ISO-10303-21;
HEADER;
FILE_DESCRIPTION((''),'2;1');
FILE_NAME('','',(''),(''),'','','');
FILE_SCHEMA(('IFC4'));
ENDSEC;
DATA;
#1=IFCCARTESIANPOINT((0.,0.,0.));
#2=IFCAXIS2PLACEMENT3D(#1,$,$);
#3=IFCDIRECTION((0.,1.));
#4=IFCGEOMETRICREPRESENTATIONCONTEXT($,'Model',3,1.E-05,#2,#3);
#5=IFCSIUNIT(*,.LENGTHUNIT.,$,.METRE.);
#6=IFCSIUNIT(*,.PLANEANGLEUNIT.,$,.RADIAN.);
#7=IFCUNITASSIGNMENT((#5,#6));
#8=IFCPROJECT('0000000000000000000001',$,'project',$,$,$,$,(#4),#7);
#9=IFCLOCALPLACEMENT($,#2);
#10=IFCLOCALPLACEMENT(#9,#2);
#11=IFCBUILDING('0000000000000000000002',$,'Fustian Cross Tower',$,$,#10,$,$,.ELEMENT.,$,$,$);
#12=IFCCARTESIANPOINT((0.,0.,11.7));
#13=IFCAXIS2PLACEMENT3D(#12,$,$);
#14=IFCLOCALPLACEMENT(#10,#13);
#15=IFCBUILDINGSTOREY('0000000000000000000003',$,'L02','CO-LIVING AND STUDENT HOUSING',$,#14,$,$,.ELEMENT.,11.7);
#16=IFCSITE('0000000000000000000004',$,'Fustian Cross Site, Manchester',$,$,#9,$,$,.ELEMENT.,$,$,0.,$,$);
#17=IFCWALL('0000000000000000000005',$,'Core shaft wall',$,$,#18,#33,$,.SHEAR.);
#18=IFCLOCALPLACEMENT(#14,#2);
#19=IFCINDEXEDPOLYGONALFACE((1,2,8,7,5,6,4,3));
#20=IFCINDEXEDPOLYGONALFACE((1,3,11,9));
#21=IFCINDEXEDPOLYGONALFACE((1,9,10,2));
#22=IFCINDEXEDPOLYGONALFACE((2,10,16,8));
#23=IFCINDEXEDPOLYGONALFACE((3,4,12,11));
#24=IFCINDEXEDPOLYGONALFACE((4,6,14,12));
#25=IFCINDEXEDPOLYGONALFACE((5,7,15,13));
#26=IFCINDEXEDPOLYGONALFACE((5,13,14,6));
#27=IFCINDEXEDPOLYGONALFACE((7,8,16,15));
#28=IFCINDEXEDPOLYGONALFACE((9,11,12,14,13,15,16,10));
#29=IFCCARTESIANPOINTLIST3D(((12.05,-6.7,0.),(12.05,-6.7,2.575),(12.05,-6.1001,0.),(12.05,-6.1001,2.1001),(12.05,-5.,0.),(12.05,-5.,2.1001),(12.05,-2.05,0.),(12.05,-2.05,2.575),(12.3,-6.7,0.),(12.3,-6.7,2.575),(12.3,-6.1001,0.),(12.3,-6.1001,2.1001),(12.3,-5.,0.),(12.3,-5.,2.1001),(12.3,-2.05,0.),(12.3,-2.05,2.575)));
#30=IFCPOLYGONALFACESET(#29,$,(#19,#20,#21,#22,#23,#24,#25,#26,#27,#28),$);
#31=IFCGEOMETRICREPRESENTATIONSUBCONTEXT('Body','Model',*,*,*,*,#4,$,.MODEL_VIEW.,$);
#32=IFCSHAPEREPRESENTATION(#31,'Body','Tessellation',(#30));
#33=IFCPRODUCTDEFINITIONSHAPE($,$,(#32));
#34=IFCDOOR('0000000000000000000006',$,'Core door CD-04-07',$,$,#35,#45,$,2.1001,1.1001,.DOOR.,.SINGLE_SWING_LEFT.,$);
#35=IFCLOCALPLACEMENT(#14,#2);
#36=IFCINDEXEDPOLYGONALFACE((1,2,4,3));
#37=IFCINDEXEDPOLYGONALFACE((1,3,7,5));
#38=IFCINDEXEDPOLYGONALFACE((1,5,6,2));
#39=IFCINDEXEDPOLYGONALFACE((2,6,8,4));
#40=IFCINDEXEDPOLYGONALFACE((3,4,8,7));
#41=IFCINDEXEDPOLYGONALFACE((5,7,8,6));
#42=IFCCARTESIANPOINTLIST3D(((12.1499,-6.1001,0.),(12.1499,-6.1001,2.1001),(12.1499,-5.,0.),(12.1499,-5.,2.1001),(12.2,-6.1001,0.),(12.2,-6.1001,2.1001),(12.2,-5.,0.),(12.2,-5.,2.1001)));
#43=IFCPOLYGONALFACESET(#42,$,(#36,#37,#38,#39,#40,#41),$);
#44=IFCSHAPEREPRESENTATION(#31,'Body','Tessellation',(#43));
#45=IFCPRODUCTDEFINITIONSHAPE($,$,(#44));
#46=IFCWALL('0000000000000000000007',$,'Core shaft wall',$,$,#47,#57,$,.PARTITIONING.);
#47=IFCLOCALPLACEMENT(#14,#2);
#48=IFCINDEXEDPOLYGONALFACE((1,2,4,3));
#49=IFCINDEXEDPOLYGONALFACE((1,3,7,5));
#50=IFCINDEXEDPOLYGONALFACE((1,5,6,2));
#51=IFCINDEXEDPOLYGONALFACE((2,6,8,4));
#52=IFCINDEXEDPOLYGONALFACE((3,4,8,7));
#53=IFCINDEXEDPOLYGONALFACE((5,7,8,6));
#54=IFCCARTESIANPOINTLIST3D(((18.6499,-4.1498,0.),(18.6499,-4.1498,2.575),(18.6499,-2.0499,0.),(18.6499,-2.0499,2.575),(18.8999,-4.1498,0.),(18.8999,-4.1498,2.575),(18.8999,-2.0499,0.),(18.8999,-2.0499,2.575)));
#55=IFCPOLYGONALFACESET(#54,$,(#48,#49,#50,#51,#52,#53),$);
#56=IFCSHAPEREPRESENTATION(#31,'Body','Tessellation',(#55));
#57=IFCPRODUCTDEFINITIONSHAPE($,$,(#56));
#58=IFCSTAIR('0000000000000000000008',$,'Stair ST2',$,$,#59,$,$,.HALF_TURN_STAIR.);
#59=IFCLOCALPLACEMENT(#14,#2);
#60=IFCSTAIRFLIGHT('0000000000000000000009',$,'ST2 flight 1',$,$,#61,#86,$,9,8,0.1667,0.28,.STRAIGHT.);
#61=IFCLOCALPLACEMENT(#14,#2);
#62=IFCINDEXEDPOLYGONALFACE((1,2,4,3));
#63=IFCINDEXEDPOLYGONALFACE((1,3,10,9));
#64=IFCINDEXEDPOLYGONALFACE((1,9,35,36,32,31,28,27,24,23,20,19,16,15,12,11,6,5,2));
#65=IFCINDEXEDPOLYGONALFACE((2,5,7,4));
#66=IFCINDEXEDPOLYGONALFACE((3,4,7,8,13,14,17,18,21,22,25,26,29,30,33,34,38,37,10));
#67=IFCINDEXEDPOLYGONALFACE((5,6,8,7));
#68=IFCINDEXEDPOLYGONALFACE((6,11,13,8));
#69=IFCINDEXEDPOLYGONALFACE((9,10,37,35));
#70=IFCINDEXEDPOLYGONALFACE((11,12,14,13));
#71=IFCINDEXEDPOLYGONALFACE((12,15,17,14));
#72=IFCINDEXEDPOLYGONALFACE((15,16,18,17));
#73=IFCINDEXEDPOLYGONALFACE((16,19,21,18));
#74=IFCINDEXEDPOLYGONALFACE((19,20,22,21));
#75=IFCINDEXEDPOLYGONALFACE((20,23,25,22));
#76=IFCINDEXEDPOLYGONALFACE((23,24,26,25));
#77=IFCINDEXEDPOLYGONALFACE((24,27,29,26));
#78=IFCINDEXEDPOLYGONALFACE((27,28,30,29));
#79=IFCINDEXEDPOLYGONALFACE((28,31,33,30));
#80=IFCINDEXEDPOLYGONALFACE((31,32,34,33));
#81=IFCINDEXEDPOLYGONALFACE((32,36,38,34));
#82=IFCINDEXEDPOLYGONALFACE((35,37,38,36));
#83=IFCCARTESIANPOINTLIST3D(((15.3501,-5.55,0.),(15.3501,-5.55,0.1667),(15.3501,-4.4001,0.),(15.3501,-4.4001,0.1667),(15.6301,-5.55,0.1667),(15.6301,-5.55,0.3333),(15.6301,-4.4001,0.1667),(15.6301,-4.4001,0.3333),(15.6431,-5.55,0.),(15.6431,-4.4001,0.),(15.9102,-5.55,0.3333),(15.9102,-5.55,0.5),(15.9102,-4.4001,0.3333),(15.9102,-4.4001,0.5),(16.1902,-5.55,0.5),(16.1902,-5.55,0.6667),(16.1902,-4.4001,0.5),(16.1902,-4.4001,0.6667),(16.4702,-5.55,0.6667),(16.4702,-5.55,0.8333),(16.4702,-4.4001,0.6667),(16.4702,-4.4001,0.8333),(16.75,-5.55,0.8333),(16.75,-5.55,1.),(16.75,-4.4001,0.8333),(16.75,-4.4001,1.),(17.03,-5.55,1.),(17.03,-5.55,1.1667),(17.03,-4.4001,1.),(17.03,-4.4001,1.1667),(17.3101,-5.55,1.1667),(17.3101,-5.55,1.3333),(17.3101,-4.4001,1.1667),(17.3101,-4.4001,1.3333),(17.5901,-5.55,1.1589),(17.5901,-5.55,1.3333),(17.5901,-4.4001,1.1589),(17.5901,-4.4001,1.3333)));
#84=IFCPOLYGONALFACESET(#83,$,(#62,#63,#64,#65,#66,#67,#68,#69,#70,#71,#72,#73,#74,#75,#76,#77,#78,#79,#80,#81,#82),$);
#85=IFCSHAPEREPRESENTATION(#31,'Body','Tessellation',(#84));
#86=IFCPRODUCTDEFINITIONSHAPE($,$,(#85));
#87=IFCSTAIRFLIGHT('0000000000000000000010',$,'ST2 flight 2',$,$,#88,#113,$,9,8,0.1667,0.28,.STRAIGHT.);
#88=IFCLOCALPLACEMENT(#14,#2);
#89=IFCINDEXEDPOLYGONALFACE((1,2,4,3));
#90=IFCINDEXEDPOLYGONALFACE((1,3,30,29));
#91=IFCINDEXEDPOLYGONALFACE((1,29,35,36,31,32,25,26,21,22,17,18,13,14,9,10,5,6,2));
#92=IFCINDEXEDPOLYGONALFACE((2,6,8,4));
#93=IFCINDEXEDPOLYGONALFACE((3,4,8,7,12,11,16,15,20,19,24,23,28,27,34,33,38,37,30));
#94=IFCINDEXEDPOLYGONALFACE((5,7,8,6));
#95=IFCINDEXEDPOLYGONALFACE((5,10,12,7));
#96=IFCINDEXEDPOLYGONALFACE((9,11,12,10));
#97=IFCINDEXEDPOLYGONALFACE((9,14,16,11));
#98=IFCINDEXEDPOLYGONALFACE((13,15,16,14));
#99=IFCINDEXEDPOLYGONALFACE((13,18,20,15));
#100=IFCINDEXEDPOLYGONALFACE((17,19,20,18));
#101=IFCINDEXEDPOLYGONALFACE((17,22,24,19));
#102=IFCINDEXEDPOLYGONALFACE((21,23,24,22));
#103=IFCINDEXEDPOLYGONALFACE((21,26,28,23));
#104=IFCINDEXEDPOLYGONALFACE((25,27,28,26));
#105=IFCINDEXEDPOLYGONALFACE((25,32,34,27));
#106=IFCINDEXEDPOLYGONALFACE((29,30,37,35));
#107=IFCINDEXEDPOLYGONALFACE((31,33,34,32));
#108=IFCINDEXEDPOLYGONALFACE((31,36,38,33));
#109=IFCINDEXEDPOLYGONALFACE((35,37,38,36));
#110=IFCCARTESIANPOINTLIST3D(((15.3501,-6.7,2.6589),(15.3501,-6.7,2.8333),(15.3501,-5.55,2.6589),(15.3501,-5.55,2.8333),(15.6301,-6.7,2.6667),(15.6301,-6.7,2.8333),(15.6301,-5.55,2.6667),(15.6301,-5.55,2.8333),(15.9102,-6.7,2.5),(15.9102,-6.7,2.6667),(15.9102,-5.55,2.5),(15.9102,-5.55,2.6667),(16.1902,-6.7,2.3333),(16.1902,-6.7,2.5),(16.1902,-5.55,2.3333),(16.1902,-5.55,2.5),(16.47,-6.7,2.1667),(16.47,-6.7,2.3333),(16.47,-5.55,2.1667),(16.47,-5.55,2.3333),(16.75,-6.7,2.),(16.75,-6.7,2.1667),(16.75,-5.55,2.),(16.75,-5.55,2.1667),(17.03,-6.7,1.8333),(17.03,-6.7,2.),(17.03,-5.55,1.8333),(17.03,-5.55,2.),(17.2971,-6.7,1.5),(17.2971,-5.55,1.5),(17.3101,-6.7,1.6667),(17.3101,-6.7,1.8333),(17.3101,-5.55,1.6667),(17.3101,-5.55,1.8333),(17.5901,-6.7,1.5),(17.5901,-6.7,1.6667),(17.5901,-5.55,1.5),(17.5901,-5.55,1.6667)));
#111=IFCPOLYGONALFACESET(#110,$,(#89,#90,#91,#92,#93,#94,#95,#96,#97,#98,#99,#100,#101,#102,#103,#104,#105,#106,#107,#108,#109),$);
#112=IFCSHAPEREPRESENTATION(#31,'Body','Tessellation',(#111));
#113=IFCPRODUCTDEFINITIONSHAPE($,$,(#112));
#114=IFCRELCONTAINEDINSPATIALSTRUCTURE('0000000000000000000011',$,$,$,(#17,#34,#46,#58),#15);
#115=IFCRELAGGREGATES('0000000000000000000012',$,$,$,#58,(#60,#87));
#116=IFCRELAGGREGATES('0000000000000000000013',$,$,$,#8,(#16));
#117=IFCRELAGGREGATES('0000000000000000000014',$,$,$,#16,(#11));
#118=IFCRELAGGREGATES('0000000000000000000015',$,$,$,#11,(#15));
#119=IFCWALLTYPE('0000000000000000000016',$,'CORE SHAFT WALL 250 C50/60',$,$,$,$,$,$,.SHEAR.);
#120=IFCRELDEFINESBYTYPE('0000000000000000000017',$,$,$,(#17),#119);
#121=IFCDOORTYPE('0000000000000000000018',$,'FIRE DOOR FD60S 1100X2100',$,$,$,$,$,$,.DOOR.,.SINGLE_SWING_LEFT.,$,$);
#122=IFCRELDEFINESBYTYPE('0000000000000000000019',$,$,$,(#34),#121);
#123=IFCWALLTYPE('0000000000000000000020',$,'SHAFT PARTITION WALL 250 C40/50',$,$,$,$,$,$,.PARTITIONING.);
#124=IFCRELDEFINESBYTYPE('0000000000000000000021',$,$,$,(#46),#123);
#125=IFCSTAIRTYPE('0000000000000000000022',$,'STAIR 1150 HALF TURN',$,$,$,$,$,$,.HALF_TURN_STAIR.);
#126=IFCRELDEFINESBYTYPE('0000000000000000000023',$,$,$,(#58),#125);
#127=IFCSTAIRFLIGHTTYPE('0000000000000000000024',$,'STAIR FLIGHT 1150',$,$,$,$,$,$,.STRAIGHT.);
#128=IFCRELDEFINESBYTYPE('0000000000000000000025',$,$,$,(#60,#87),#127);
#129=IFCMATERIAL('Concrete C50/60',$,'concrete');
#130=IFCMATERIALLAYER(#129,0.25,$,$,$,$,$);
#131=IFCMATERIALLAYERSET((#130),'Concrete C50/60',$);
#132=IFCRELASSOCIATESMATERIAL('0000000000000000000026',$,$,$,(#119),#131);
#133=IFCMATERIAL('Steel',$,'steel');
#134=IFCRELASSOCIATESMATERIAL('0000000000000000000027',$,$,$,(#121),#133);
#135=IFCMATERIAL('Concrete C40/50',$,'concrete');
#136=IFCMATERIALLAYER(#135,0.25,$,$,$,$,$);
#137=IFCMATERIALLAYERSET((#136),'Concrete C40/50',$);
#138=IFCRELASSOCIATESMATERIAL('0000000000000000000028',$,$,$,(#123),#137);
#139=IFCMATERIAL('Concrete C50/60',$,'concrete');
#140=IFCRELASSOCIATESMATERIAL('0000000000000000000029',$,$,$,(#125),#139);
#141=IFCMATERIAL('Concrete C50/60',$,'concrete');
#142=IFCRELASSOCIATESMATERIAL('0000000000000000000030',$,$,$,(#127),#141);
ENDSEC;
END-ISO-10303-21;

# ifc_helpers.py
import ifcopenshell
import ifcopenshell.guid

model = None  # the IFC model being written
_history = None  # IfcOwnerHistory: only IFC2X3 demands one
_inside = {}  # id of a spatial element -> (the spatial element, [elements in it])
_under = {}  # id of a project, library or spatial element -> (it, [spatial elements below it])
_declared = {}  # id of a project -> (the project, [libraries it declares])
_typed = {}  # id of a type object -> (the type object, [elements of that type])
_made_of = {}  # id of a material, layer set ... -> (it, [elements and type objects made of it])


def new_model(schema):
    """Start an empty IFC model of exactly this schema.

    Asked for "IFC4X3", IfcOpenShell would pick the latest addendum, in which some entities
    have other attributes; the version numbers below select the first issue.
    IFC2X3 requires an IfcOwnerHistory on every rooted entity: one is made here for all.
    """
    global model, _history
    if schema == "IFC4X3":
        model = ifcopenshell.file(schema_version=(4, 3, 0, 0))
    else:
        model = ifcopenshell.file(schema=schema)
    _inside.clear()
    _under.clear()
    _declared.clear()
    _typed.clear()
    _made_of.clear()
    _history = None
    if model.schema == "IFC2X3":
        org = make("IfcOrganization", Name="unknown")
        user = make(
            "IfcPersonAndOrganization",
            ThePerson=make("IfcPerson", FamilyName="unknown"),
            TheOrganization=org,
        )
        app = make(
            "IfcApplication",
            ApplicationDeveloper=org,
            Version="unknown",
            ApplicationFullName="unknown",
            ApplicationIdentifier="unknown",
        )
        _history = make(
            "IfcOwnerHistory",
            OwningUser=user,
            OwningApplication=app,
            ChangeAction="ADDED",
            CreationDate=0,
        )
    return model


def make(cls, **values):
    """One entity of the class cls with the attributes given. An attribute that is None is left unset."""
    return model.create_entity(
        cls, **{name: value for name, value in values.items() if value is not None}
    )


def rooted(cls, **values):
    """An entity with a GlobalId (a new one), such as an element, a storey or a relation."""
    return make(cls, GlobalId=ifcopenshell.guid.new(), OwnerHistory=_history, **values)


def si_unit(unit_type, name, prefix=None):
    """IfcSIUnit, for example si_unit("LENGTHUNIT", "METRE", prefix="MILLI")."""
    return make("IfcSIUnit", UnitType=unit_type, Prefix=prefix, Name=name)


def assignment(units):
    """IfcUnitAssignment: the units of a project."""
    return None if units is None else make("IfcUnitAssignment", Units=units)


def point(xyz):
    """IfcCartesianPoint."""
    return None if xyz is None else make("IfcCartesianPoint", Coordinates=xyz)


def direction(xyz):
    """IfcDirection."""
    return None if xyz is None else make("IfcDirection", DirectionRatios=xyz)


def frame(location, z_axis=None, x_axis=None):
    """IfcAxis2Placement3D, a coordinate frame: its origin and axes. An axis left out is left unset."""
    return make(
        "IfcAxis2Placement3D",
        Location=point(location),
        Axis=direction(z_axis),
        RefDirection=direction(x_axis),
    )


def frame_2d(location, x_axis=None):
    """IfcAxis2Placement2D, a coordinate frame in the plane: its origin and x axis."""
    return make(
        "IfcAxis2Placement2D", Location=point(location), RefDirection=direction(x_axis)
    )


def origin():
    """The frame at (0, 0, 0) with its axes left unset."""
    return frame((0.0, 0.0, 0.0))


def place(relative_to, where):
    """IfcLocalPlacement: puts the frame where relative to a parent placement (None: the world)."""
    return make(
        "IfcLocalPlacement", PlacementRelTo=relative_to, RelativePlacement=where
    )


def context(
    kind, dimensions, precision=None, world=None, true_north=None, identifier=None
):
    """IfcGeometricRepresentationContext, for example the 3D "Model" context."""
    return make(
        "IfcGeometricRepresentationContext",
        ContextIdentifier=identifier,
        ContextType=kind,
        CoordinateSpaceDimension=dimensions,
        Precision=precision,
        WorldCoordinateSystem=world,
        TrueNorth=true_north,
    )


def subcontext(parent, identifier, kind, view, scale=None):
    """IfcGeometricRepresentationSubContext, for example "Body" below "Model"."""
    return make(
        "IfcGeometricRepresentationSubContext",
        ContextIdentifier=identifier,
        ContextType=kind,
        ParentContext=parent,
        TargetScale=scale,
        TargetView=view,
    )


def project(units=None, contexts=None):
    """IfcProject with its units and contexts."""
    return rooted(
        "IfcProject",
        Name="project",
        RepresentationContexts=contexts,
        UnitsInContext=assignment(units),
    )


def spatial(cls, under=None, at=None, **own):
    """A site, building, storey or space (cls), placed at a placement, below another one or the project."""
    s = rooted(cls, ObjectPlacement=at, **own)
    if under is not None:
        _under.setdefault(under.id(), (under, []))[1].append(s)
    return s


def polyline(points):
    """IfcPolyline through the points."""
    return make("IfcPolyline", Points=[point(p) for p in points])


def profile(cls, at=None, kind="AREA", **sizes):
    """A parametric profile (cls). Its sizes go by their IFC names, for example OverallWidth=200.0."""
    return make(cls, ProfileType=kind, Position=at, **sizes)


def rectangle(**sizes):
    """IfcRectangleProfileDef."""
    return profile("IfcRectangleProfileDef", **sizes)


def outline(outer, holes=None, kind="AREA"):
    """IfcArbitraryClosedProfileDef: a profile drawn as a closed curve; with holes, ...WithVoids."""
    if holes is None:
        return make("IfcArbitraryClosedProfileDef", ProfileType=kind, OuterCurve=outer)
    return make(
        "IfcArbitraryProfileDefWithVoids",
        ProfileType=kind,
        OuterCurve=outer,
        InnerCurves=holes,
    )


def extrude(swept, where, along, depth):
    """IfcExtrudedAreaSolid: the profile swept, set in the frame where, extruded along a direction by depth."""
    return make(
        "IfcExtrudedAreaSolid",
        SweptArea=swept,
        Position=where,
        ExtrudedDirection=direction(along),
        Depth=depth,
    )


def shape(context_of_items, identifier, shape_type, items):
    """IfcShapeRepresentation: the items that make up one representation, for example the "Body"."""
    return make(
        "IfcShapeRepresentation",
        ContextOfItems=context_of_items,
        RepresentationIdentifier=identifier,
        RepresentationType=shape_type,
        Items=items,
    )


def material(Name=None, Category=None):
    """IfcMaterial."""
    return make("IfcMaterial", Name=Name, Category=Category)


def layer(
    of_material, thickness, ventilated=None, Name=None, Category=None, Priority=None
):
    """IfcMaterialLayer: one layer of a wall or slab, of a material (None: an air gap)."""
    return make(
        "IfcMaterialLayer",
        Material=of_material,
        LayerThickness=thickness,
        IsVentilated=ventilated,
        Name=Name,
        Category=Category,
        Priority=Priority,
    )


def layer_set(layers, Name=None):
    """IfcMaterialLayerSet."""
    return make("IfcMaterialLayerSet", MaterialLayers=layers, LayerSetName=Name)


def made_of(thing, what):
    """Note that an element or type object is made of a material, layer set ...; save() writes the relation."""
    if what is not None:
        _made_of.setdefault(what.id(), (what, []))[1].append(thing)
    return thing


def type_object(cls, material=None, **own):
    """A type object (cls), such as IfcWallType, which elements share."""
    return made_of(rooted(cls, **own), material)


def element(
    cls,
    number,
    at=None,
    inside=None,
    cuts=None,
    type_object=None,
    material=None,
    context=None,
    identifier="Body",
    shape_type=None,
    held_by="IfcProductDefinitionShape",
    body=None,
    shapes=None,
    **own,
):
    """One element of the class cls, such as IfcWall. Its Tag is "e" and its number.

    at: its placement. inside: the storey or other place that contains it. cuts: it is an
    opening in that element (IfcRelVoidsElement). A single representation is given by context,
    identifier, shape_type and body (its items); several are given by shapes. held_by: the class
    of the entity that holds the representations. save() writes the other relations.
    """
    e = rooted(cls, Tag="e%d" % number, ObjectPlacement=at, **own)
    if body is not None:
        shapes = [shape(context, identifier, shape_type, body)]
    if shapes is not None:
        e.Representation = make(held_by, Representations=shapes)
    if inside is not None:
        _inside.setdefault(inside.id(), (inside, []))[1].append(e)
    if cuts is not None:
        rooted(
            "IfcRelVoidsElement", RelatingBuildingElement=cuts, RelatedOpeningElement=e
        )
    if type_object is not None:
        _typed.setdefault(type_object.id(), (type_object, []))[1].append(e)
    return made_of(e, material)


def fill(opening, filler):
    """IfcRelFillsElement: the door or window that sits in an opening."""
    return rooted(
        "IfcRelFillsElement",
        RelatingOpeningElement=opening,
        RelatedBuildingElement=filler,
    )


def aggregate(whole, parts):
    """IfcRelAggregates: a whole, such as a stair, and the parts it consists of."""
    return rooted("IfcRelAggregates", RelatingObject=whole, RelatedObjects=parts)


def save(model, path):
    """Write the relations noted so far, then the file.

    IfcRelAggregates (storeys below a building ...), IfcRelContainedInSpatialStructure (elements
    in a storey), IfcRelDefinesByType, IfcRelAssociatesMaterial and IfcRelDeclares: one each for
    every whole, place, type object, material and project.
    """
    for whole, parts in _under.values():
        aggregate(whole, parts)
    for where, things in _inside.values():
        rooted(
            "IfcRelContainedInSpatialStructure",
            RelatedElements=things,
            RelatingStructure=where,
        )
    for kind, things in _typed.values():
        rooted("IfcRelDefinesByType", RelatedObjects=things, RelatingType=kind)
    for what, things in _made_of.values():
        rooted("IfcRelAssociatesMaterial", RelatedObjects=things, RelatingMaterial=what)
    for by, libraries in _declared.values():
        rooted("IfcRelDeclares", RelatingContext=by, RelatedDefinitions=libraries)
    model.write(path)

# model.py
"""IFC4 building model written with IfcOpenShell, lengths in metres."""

from ifc_helpers import new_model, si_unit, direction, frame, frame_2d, origin, place, context, subcontext, project, spatial, polyline, rectangle, outline, extrude, material, layer, layer_set, type_object, element, fill, aggregate, save


model = new_model("IFC4")

# Units and contexts
model_context = context("Model", 3, precision=1e-05, world=origin(), true_north=direction((0.0, 1.0)))
body_context = subcontext(model_context, "Body", "Model", "MODEL_VIEW")
ifc_project = project(units=[si_unit("LENGTHUNIT", "METRE"), si_unit("PLANEANGLEUNIT", "RADIAN")], contexts=[model_context])

# Site, building, storey
site_placement = place(None, origin())
site = spatial("IfcSite", under=ifc_project, at=site_placement, Name="Fustian Cross Site, Manchester", CompositionType="ELEMENT", RefElevation=0.0)
building_placement = place(site_placement, origin())
building = spatial("IfcBuilding", under=site, at=building_placement, Name="Fustian Cross Tower", CompositionType="ELEMENT")
storey_placement = place(building_placement, frame((0.0, 0.0, 11.7)))
storey = spatial("IfcBuildingStorey", under=building, at=storey_placement, Name="L02", Description="CO-LIVING AND STUDENT HOUSING", CompositionType="ELEMENT", Elevation=11.7)

# Shared definitions
ifc_material_1 = material(Name="Concrete C50/60", Category="concrete")
ifc_layer_1 = layer(ifc_material_1, 0.25)
ifc_layer_set_1 = layer_set([ifc_layer_1], Name="Concrete C50/60")
wall_type_1 = type_object("IfcWallType", Name="CORE SHAFT WALL 250 C50/60", PredefinedType="SHEAR", material=ifc_layer_set_1)

# Wall, opening, door
wall_1_placement = place(storey_placement, frame((12.175, -2.05, 0.0), z_axis=(0.0, 0.0, 1.0), x_axis=(0.0, -1.0, 0.0)))
wall_1 = element("IfcWall", 1, at=wall_1_placement, inside=storey, type_object=wall_type_1, Name="Core shaft wall", PredefinedType="SHEAR", context=body_context, shape_type="SweptSolid", body=[
    extrude(rectangle(XDim=4.6499, YDim=0.25, at=frame_2d((2.325, 0.0))), origin(), (0.0, 0.0, 1.0), 2.575),
])
opening_1_placement = place(wall_1_placement, frame((2.95, 0.0, 0.0)))
opening_1 = element("IfcOpeningElement", 2, at=opening_1_placement, cuts=wall_1, PredefinedType="OPENING", context=body_context, shape_type="SweptSolid", body=[
    extrude(rectangle(XDim=1.1001, YDim=2.1001, at=frame_2d((0.55, 1.05))), frame((0.0, 0.135, 0.0), z_axis=(0.0, -1.0, 0.0), x_axis=(1.0, 0.0, 0.0)), (0.0, 0.0, 1.0), 0.27),
])
ifc_material_2 = material(Name="Steel", Category="steel")
door_type_1 = type_object("IfcDoorType", Name="FIRE DOOR FD60S 1100X2100", OperationType="SINGLE_SWING_LEFT", PredefinedType="DOOR", material=ifc_material_2)
door_1_placement = place(opening_1_placement, origin())
door_1 = element("IfcDoor", 3, at=door_1_placement, inside=storey, type_object=door_type_1, Name="Core door CD-04-07", OperationType="SINGLE_SWING_LEFT", OverallHeight=2.1001, OverallWidth=1.1001, PredefinedType="DOOR", context=body_context, shape_type="SweptSolid", body=[
    extrude(rectangle(XDim=1.1001, YDim=2.1001, at=frame_2d((0.55, 1.05))), frame((0.0, 0.0249, 0.0), z_axis=(0.0, -1.0, 0.0), x_axis=(1.0, 0.0, 0.0)), (0.0, 0.0, 1.0), 0.05),
])
fill(opening_1, door_1)

# Wall
ifc_material_3 = material(Name="Concrete C40/50", Category="concrete")
ifc_layer_2 = layer(ifc_material_3, 0.25)
ifc_layer_set_2 = layer_set([ifc_layer_2], Name="Concrete C40/50")
wall_type_2 = type_object("IfcWallType", Name="SHAFT PARTITION WALL 250 C40/50", PredefinedType="PARTITIONING", material=ifc_layer_set_2)
wall_2_placement = place(storey_placement, frame((18.7749, -2.05, 0.0), z_axis=(0.0, 0.0, 1.0), x_axis=(0.0, -1.0, 0.0)))
element("IfcWall", 4, at=wall_2_placement, inside=storey, type_object=wall_type_2, Name="Core shaft wall", PredefinedType="PARTITIONING", context=body_context, shape_type="SweptSolid", body=[
    extrude(rectangle(XDim=2.0999, YDim=0.25, at=frame_2d((1.0498, 0.0))), origin(), (0.0, 0.0, 1.0), 2.575),
])

# Stair, stair flights
ifc_material_4 = material(Name="Concrete C50/60", Category="concrete")
stair_type = type_object("IfcStairType", Name="STAIR 1150 HALF TURN", PredefinedType="HALF_TURN_STAIR", material=ifc_material_4)
stair_placement = place(storey_placement, origin())
stair = element("IfcStair", 5, at=stair_placement, inside=storey, type_object=stair_type, Name="Stair ST2", PredefinedType="HALF_TURN_STAIR")
ifc_material_5 = material(Name="Concrete C50/60", Category="concrete")
stair_flight_type = type_object("IfcStairFlightType", Name="STAIR FLIGHT 1150", PredefinedType="STRAIGHT", material=ifc_material_5)
stair_flight_1_placement = place(storey_placement, frame((15.3501, -4.9751, 0.0), z_axis=(0.0, 0.0, 1.0), x_axis=(1.0, 0.0, 0.0)))
stair_flight_1 = element("IfcStairFlight", 6, at=stair_flight_1_placement, type_object=stair_flight_type, Name="ST2 flight 1", NumberOfRisers=9, NumberOfTreads=8, PredefinedType="STRAIGHT", RiserHeight=0.1667, TreadLength=0.28, context=body_context, shape_type="SweptSolid", body=[
    extrude(outline(polyline([(0.0, 0.0), (0.0, 0.1667), (0.28, 0.1667), (0.28, 0.3333), (0.5601, 0.3333), (0.5601, 0.5), (0.8401, 0.5), (0.8401, 0.6667), (1.1201, 0.6667), (1.1201, 0.8333), (1.3999, 0.8333), (1.3999, 1.0), (1.6799, 1.0), (1.6799, 1.1667), (1.96, 1.1667), (1.96, 1.3333), (2.24, 1.3333), (2.24, 1.5), (2.24, 1.1589), (0.293, 0.0), (0.0, 0.0)])), frame((0.0, 0.575, 0.0), z_axis=(0.0, -1.0, 0.0), x_axis=(1.0, 0.0, 0.0)), (0.0, 0.0, 1.0), 1.1499),
])
stair_flight_2_placement = place(storey_placement, frame((17.5901, -6.125, 1.5), z_axis=(0.0, 0.0, 1.0), x_axis=(-1.0, 0.0, 0.0)))
stair_flight_2 = element("IfcStairFlight", 7, at=stair_flight_2_placement, type_object=stair_flight_type, Name="ST2 flight 2", NumberOfRisers=9, NumberOfTreads=8, PredefinedType="STRAIGHT", RiserHeight=0.1667, TreadLength=0.28, context=body_context, shape_type="SweptSolid", body=[
    extrude(outline(polyline([(0.0, 0.0), (0.0, 0.1667), (0.28, 0.1667), (0.28, 0.3333), (0.5601, 0.3333), (0.5601, 0.5), (0.8401, 0.5), (0.8401, 0.6667), (1.1201, 0.6667), (1.1201, 0.8333), (1.3999, 0.8333), (1.3999, 1.0), (1.6799, 1.0), (1.6799, 1.1667), (1.96, 1.1667), (1.96, 1.3333), (2.24, 1.3333), (2.24, 1.5), (2.24, 1.1589), (0.293, 0.0), (0.0, 0.0)])), frame((0.0, 0.575, 0.0), z_axis=(0.0, -1.0, 0.0), x_axis=(1.0, 0.0, 0.0)), (0.0, 0.0, 1.0), 1.1499),
])
aggregate(stair, [stair_flight_1, stair_flight_2])

save(model, "model.ifc")
